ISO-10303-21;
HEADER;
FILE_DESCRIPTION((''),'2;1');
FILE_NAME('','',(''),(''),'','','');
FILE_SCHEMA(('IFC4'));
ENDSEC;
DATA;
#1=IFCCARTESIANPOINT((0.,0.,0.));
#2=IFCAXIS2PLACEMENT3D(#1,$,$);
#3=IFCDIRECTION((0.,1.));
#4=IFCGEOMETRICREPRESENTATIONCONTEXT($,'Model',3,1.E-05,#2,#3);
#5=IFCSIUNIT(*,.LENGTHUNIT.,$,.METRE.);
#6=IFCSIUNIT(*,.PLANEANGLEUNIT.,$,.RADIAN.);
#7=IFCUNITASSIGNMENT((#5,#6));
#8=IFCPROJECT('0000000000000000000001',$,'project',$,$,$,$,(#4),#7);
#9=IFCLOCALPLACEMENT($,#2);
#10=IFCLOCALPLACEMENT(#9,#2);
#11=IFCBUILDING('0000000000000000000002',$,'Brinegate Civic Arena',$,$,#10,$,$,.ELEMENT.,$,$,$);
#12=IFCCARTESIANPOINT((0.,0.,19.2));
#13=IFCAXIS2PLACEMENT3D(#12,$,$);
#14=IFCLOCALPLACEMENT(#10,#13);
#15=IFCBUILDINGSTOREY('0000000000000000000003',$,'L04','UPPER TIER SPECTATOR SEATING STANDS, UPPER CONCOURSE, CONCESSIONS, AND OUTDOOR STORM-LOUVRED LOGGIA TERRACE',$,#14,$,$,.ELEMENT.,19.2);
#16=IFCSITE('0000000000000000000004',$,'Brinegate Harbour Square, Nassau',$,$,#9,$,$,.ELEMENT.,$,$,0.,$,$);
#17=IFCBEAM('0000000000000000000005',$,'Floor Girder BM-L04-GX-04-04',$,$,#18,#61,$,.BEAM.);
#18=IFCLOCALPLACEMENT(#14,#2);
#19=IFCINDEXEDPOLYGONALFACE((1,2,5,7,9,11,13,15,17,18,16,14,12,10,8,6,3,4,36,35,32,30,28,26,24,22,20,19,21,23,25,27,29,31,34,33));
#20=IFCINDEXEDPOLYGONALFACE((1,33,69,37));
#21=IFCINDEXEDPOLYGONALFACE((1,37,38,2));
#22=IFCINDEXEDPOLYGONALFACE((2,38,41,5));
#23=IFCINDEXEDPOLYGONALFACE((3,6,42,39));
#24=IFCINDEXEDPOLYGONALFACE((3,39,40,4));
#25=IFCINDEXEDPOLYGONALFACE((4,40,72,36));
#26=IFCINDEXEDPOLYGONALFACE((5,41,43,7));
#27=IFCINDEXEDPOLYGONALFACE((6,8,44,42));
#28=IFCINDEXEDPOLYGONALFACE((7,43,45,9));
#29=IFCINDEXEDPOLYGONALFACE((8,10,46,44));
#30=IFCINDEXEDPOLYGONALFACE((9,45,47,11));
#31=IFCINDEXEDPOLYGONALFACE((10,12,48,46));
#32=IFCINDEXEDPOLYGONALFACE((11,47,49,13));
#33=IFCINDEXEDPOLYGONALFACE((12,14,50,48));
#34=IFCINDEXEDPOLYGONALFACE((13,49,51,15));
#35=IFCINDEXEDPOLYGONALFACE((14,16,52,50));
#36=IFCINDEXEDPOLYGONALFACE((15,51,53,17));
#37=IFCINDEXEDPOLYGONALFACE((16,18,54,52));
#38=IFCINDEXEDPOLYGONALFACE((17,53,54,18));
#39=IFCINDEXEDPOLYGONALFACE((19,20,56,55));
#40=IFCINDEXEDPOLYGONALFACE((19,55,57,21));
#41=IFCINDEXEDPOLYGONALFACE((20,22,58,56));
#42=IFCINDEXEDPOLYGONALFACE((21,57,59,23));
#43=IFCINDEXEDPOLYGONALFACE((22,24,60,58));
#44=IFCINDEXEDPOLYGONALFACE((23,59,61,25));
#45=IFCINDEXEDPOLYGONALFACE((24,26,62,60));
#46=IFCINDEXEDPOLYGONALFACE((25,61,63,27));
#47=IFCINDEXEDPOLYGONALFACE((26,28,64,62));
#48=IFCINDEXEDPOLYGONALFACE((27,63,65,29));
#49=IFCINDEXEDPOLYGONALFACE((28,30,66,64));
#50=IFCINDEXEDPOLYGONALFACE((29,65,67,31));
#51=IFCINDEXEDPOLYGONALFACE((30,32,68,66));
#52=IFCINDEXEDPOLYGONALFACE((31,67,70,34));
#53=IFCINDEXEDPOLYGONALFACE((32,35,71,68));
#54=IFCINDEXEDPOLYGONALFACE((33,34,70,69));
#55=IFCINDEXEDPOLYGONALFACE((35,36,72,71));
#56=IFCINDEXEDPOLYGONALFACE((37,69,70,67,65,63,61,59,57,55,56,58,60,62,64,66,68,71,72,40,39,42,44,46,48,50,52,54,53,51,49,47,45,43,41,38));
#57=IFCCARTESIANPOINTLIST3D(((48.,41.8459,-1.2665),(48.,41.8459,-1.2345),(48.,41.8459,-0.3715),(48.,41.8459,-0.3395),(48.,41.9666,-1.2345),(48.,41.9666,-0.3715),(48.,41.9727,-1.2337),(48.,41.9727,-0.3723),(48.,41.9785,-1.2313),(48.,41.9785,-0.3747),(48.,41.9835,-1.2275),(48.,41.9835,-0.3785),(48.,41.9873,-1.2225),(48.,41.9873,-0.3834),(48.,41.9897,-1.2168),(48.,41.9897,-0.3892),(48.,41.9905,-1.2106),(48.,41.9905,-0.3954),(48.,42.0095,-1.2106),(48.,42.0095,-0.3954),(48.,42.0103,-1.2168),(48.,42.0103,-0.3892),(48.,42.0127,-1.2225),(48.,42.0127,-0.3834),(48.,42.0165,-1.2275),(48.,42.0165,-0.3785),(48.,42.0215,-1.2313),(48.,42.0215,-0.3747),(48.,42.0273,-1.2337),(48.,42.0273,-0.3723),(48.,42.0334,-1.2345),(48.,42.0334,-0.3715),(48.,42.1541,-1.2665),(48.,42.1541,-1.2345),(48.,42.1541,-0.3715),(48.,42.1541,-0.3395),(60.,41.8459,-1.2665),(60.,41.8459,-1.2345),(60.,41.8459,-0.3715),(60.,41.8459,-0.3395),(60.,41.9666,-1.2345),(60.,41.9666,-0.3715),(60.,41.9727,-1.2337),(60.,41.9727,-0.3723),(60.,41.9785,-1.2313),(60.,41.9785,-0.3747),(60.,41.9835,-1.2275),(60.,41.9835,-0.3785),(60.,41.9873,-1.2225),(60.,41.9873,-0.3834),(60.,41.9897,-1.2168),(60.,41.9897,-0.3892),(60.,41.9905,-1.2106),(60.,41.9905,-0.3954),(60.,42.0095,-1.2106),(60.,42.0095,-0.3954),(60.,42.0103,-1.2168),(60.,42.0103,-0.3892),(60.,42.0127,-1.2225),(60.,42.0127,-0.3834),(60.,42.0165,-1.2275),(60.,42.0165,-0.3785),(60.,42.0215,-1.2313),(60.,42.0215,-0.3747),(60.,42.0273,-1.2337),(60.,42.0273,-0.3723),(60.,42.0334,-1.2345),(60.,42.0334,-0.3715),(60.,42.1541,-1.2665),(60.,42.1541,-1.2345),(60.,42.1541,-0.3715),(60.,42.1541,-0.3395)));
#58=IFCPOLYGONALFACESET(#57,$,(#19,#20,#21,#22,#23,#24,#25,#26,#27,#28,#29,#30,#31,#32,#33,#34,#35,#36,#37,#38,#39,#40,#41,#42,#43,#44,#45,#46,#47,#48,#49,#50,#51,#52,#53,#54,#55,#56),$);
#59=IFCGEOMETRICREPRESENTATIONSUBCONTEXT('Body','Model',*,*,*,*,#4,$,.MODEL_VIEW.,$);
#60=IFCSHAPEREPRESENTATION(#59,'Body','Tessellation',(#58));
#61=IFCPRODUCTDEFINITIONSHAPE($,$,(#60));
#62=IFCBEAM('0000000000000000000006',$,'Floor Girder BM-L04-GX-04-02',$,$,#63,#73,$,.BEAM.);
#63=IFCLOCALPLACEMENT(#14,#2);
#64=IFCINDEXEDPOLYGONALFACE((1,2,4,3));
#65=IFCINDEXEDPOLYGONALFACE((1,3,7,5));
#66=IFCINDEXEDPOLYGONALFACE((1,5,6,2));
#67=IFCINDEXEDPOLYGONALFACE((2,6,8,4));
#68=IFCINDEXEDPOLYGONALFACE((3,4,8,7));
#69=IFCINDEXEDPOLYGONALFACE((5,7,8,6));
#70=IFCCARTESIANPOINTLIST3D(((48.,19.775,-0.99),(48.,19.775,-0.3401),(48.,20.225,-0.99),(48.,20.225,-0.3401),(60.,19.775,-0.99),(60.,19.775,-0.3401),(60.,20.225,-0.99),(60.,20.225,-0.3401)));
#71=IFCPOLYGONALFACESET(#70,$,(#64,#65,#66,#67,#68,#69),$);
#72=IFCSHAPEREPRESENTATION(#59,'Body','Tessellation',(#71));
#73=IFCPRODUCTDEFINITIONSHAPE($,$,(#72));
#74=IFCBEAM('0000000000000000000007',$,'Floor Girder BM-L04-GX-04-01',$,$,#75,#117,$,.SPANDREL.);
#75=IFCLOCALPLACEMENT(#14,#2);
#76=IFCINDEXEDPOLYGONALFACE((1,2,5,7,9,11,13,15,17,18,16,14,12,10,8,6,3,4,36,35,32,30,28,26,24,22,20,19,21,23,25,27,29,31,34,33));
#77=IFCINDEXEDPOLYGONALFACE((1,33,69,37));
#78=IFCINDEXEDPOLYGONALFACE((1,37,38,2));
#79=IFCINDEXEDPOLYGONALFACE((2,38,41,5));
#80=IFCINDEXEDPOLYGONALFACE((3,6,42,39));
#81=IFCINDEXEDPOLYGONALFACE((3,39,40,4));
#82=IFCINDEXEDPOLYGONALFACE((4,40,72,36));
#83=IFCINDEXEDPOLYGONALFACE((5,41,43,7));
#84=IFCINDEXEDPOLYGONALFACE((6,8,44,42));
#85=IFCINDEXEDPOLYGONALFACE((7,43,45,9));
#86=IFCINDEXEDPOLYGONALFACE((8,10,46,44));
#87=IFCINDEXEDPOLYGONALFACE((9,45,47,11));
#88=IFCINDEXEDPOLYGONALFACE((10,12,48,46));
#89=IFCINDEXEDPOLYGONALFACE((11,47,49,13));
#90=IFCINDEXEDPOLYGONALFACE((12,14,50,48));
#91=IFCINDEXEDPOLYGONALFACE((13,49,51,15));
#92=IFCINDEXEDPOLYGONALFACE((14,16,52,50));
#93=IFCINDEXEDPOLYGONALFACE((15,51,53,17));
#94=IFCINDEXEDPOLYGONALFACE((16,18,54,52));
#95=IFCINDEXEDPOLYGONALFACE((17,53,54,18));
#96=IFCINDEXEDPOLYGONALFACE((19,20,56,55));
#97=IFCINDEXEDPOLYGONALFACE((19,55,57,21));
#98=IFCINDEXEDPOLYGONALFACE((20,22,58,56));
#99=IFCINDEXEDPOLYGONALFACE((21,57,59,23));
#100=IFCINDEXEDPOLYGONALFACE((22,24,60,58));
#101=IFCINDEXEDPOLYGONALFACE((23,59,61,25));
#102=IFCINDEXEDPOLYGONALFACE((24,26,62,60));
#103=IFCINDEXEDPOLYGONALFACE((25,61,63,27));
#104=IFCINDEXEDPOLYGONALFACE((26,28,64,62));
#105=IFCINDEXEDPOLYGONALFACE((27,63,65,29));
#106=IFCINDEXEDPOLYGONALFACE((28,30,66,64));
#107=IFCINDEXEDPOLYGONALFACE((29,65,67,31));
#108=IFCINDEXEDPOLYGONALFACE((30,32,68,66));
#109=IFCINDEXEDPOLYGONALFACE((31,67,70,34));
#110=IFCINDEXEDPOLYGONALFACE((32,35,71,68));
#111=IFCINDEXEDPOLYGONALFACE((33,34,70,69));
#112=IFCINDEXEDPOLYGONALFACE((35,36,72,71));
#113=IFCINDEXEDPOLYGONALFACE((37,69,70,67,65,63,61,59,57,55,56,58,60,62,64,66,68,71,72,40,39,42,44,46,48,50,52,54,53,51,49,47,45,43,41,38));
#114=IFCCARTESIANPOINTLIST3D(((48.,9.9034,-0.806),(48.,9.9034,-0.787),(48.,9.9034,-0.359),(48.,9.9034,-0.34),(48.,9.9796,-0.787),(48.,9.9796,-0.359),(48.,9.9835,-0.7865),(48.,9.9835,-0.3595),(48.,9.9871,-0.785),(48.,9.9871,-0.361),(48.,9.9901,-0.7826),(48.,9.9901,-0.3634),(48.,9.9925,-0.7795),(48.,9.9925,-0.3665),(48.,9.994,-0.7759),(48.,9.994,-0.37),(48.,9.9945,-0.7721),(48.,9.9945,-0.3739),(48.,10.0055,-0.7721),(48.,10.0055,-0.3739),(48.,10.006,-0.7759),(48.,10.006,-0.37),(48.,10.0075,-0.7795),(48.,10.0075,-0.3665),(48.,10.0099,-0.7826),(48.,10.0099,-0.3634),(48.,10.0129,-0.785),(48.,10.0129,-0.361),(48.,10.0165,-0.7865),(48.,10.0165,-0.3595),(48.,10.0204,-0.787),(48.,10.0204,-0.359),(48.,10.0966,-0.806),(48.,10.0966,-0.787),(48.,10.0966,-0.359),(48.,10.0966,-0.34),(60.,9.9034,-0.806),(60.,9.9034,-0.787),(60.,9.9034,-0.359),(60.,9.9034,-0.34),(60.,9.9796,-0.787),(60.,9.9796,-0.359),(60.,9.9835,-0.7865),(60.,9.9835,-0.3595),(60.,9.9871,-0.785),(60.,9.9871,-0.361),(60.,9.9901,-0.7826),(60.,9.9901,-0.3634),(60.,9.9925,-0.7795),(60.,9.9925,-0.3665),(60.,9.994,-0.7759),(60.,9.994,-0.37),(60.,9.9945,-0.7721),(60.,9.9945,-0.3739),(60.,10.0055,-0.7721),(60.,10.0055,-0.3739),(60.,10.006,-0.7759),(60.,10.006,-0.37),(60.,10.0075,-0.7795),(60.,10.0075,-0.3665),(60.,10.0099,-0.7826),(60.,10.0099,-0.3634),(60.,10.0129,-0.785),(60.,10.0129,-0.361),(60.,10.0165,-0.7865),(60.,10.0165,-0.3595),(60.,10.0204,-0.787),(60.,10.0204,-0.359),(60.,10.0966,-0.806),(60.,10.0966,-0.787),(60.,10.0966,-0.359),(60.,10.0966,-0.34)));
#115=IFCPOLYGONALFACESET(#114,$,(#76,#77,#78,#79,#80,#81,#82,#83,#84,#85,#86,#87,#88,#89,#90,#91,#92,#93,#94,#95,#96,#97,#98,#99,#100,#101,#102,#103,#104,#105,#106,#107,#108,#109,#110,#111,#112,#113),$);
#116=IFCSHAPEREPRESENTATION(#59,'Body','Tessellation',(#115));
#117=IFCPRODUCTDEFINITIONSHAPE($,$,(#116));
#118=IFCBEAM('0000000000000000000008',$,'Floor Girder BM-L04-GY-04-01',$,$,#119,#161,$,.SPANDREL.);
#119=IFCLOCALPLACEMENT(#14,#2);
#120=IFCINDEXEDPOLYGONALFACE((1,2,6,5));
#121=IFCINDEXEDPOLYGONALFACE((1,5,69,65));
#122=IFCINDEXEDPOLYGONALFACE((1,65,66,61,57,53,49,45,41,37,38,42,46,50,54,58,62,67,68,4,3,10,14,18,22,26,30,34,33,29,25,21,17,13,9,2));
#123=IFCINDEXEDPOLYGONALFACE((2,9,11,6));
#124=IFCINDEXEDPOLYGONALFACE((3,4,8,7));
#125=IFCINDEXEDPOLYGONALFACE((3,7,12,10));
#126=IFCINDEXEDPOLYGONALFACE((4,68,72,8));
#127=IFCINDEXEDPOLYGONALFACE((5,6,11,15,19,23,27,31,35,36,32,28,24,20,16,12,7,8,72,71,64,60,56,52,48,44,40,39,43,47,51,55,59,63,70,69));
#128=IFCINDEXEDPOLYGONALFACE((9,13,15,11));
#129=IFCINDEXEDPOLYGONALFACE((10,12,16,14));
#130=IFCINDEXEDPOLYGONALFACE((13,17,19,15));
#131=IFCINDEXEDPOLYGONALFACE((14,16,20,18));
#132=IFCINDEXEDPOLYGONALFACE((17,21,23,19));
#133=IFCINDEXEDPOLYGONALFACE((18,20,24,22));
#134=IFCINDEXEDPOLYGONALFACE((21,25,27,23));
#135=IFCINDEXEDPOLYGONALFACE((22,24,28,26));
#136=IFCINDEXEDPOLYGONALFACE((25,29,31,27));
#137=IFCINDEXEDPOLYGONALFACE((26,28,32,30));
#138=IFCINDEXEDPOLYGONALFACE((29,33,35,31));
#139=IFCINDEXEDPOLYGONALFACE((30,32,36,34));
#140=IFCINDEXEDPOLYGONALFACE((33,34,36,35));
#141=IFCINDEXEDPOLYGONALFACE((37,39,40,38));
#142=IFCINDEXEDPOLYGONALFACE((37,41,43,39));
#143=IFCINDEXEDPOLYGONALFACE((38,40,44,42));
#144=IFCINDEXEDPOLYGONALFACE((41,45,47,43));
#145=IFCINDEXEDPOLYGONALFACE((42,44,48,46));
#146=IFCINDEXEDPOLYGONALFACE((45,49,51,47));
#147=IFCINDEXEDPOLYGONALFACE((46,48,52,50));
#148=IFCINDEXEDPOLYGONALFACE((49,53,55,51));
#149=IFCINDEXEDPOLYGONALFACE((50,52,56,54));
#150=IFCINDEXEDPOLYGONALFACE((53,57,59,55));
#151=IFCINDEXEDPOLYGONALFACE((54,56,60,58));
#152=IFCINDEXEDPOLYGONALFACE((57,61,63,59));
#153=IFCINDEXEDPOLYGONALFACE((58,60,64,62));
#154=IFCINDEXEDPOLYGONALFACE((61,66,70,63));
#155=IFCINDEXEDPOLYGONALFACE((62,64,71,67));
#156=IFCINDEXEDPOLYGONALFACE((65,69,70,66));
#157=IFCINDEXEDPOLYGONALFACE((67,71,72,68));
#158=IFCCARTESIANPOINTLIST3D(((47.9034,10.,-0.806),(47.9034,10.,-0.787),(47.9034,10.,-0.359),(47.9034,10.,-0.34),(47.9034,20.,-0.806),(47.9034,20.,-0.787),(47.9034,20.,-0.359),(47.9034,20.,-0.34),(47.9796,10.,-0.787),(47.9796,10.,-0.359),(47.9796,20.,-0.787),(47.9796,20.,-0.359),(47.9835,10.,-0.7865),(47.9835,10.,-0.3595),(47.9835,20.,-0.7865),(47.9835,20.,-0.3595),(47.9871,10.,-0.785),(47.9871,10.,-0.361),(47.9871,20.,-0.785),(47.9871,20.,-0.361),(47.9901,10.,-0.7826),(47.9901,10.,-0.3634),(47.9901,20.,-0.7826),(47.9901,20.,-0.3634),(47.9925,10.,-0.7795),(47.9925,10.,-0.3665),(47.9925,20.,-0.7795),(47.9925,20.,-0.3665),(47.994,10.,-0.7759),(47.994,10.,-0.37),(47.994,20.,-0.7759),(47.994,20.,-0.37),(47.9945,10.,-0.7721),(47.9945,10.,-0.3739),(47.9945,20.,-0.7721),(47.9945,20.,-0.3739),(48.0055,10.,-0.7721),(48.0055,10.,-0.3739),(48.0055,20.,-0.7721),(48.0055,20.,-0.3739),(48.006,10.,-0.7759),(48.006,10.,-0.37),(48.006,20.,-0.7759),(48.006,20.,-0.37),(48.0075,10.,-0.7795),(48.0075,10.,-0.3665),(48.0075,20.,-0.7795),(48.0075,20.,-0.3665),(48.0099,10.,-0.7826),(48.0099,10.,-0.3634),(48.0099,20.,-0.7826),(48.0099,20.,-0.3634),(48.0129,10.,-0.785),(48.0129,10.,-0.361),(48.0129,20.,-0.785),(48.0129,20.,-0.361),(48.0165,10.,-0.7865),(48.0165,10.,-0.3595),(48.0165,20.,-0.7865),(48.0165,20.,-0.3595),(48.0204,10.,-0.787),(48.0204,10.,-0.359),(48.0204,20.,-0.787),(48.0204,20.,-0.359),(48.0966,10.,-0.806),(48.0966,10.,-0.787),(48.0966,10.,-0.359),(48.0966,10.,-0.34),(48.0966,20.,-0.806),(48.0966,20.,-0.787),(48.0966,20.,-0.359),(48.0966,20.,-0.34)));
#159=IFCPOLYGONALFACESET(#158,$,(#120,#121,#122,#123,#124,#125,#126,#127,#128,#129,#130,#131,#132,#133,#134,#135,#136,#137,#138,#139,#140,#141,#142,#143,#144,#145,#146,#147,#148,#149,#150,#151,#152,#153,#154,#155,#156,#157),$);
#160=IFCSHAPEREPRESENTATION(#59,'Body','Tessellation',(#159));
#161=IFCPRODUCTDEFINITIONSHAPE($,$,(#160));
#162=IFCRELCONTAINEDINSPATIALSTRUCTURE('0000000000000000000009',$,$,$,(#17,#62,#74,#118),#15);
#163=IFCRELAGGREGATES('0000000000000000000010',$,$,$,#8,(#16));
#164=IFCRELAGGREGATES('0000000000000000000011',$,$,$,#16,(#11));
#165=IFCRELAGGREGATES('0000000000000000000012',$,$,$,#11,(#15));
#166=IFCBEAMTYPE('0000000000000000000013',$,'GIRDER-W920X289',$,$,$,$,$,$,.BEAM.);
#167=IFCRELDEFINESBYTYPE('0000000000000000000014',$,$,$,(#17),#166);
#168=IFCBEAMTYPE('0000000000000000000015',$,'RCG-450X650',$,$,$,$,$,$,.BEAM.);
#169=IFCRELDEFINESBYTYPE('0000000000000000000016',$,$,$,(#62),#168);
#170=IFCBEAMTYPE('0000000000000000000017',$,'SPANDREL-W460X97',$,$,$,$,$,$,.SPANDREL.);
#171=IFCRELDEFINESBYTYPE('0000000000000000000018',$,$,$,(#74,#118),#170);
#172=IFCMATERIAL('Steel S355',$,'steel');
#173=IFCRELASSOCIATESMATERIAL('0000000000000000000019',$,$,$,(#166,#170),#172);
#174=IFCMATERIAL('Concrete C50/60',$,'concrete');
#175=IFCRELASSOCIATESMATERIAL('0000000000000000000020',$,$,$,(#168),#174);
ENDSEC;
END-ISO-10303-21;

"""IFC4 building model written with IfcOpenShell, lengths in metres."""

from ifc_helpers import new_model, si_unit, direction, frame, origin, origin_2d, place, context, subcontext, project, spatial, rectangle, i_section, extrude, material, material_profile, profile_set, type_object, element, save


model = new_model("IFC4")

# Units and contexts
model_context = context("Model", 3, precision=1e-05, world=origin(), true_north=direction((0.0, 1.0)))
body_context = subcontext(model_context, "Body", "Model", "MODEL_VIEW")
ifc_project = project(units=[si_unit("LENGTHUNIT", "METRE"), si_unit("PLANEANGLEUNIT", "RADIAN")], contexts=[model_context])

# Site, building, storey
site_placement = place(None, origin())
site = spatial("IfcSite", under=ifc_project, at=site_placement, Name="Brinegate Harbour Square, Nassau", CompositionType="ELEMENT", RefElevation=0.0)
building_placement = place(site_placement, origin())
building = spatial("IfcBuilding", under=site, at=building_placement, Name="Brinegate Civic Arena", CompositionType="ELEMENT")
storey_placement = place(building_placement, frame((0.0, 0.0, 19.2)))
storey = spatial("IfcBuildingStorey", under=building, at=storey_placement, Name="L04", Description="UPPER TIER SPECTATOR SEATING STANDS, UPPER CONCOURSE, CONCESSIONS, AND OUTDOOR STORM-LOUVRED LOGGIA TERRACE", CompositionType="ELEMENT", Elevation=19.2)

# Shared definitions
ifc_material_1 = material(Name="Concrete C50/60", Category="concrete")
ifc_material_2 = material(Name="Steel S355", Category="steel")

# Beams
ifc_material_profile_1 = material_profile(ifc_material_2, i_section(OverallWidth=0.3081, OverallDepth=0.927, WebThickness=0.019, FlangeThickness=0.032, FilletRadius=0.0239, at=origin_2d()), Name="W920X289")
ifc_profile_set_1 = profile_set([ifc_material_profile_1], Name="Steel S355")
beam_type_1 = type_object("IfcBeamType", Name="GIRDER-W920X289", PredefinedType="BEAM", material=ifc_profile_set_1)
beam_1_placement = place(storey_placement, frame((48.0, 42.0, -0.803), z_axis=(1.0, 0.0, 0.0), x_axis=(0.0, 1.0, 0.0)))
element("IfcBeam", 1, at=beam_1_placement, inside=storey, type_object=beam_type_1, Name="Floor Girder BM-L04-GX-04-04", PredefinedType="BEAM", context=body_context, shape_type="SweptSolid", body=[
    extrude(i_section(OverallWidth=0.3081, OverallDepth=0.927, WebThickness=0.019, FlangeThickness=0.032, FilletRadius=0.0239, at=origin_2d()), origin(), (0.0, 0.0, 1.0), 12.0),
])
ifc_material_profile_2 = material_profile(ifc_material_1, rectangle(XDim=0.45, YDim=0.6499, at=origin_2d()), Name="RCB450X650")
ifc_profile_set_2 = profile_set([ifc_material_profile_2], Name="Concrete C50/60")
beam_type_2 = type_object("IfcBeamType", Name="RCG-450X650", PredefinedType="BEAM", material=ifc_profile_set_2)
beam_2_placement = place(storey_placement, frame((48.0, 20.0, -0.665), z_axis=(1.0, 0.0, 0.0), x_axis=(0.0, 1.0, 0.0)))
element("IfcBeam", 2, at=beam_2_placement, inside=storey, type_object=beam_type_2, Name="Floor Girder BM-L04-GX-04-02", PredefinedType="BEAM", context=body_context, shape_type="SweptSolid", body=[
    extrude(rectangle(XDim=0.45, YDim=0.6499, at=origin_2d()), origin(), (0.0, 0.0, 1.0), 12.0),
])
ifc_material_profile_3 = material_profile(ifc_material_2, i_section(OverallWidth=0.1931, OverallDepth=0.4661, WebThickness=0.011, FlangeThickness=0.019, FilletRadius=0.0149, at=origin_2d()), Name="W460X97")
ifc_profile_set_3 = profile_set([ifc_material_profile_3], Name="Steel S355")
beam_type_3 = type_object("IfcBeamType", Name="SPANDREL-W460X97", PredefinedType="SPANDREL", material=ifc_profile_set_3)
beam_3_placement = place(storey_placement, frame((48.0, 10.0, -0.573), z_axis=(1.0, 0.0, 0.0), x_axis=(0.0, 1.0, 0.0)))
element("IfcBeam", 3, at=beam_3_placement, inside=storey, type_object=beam_type_3, Name="Floor Girder BM-L04-GX-04-01", PredefinedType="SPANDREL", context=body_context, shape_type="SweptSolid", body=[
    extrude(i_section(OverallWidth=0.1931, OverallDepth=0.4661, WebThickness=0.011, FlangeThickness=0.019, FilletRadius=0.0149, at=origin_2d()), origin(), (0.0, 0.0, 1.0), 12.0),
])
for number, where, z_axis, x_axis, name in (
    (4, (48.0, 10.0, -0.573), (0.0, 1.0, 0.0), (-1.0, 0.0, 0.0), "Floor Girder BM-L04-GY-04-01"),
):
    element("IfcBeam", number, at=place(storey_placement, frame(where, z_axis=z_axis, x_axis=x_axis)), inside=storey, type_object=beam_type_3, Name=name, PredefinedType="SPANDREL", context=body_context, shape_type="SweptSolid", body=[
        extrude(i_section(OverallWidth=0.1931, OverallDepth=0.4661, WebThickness=0.011, FlangeThickness=0.019, FilletRadius=0.0149, at=origin_2d()), origin(), (0.0, 0.0, 1.0), 10.0),
    ])

save(model, "model.ifc")
